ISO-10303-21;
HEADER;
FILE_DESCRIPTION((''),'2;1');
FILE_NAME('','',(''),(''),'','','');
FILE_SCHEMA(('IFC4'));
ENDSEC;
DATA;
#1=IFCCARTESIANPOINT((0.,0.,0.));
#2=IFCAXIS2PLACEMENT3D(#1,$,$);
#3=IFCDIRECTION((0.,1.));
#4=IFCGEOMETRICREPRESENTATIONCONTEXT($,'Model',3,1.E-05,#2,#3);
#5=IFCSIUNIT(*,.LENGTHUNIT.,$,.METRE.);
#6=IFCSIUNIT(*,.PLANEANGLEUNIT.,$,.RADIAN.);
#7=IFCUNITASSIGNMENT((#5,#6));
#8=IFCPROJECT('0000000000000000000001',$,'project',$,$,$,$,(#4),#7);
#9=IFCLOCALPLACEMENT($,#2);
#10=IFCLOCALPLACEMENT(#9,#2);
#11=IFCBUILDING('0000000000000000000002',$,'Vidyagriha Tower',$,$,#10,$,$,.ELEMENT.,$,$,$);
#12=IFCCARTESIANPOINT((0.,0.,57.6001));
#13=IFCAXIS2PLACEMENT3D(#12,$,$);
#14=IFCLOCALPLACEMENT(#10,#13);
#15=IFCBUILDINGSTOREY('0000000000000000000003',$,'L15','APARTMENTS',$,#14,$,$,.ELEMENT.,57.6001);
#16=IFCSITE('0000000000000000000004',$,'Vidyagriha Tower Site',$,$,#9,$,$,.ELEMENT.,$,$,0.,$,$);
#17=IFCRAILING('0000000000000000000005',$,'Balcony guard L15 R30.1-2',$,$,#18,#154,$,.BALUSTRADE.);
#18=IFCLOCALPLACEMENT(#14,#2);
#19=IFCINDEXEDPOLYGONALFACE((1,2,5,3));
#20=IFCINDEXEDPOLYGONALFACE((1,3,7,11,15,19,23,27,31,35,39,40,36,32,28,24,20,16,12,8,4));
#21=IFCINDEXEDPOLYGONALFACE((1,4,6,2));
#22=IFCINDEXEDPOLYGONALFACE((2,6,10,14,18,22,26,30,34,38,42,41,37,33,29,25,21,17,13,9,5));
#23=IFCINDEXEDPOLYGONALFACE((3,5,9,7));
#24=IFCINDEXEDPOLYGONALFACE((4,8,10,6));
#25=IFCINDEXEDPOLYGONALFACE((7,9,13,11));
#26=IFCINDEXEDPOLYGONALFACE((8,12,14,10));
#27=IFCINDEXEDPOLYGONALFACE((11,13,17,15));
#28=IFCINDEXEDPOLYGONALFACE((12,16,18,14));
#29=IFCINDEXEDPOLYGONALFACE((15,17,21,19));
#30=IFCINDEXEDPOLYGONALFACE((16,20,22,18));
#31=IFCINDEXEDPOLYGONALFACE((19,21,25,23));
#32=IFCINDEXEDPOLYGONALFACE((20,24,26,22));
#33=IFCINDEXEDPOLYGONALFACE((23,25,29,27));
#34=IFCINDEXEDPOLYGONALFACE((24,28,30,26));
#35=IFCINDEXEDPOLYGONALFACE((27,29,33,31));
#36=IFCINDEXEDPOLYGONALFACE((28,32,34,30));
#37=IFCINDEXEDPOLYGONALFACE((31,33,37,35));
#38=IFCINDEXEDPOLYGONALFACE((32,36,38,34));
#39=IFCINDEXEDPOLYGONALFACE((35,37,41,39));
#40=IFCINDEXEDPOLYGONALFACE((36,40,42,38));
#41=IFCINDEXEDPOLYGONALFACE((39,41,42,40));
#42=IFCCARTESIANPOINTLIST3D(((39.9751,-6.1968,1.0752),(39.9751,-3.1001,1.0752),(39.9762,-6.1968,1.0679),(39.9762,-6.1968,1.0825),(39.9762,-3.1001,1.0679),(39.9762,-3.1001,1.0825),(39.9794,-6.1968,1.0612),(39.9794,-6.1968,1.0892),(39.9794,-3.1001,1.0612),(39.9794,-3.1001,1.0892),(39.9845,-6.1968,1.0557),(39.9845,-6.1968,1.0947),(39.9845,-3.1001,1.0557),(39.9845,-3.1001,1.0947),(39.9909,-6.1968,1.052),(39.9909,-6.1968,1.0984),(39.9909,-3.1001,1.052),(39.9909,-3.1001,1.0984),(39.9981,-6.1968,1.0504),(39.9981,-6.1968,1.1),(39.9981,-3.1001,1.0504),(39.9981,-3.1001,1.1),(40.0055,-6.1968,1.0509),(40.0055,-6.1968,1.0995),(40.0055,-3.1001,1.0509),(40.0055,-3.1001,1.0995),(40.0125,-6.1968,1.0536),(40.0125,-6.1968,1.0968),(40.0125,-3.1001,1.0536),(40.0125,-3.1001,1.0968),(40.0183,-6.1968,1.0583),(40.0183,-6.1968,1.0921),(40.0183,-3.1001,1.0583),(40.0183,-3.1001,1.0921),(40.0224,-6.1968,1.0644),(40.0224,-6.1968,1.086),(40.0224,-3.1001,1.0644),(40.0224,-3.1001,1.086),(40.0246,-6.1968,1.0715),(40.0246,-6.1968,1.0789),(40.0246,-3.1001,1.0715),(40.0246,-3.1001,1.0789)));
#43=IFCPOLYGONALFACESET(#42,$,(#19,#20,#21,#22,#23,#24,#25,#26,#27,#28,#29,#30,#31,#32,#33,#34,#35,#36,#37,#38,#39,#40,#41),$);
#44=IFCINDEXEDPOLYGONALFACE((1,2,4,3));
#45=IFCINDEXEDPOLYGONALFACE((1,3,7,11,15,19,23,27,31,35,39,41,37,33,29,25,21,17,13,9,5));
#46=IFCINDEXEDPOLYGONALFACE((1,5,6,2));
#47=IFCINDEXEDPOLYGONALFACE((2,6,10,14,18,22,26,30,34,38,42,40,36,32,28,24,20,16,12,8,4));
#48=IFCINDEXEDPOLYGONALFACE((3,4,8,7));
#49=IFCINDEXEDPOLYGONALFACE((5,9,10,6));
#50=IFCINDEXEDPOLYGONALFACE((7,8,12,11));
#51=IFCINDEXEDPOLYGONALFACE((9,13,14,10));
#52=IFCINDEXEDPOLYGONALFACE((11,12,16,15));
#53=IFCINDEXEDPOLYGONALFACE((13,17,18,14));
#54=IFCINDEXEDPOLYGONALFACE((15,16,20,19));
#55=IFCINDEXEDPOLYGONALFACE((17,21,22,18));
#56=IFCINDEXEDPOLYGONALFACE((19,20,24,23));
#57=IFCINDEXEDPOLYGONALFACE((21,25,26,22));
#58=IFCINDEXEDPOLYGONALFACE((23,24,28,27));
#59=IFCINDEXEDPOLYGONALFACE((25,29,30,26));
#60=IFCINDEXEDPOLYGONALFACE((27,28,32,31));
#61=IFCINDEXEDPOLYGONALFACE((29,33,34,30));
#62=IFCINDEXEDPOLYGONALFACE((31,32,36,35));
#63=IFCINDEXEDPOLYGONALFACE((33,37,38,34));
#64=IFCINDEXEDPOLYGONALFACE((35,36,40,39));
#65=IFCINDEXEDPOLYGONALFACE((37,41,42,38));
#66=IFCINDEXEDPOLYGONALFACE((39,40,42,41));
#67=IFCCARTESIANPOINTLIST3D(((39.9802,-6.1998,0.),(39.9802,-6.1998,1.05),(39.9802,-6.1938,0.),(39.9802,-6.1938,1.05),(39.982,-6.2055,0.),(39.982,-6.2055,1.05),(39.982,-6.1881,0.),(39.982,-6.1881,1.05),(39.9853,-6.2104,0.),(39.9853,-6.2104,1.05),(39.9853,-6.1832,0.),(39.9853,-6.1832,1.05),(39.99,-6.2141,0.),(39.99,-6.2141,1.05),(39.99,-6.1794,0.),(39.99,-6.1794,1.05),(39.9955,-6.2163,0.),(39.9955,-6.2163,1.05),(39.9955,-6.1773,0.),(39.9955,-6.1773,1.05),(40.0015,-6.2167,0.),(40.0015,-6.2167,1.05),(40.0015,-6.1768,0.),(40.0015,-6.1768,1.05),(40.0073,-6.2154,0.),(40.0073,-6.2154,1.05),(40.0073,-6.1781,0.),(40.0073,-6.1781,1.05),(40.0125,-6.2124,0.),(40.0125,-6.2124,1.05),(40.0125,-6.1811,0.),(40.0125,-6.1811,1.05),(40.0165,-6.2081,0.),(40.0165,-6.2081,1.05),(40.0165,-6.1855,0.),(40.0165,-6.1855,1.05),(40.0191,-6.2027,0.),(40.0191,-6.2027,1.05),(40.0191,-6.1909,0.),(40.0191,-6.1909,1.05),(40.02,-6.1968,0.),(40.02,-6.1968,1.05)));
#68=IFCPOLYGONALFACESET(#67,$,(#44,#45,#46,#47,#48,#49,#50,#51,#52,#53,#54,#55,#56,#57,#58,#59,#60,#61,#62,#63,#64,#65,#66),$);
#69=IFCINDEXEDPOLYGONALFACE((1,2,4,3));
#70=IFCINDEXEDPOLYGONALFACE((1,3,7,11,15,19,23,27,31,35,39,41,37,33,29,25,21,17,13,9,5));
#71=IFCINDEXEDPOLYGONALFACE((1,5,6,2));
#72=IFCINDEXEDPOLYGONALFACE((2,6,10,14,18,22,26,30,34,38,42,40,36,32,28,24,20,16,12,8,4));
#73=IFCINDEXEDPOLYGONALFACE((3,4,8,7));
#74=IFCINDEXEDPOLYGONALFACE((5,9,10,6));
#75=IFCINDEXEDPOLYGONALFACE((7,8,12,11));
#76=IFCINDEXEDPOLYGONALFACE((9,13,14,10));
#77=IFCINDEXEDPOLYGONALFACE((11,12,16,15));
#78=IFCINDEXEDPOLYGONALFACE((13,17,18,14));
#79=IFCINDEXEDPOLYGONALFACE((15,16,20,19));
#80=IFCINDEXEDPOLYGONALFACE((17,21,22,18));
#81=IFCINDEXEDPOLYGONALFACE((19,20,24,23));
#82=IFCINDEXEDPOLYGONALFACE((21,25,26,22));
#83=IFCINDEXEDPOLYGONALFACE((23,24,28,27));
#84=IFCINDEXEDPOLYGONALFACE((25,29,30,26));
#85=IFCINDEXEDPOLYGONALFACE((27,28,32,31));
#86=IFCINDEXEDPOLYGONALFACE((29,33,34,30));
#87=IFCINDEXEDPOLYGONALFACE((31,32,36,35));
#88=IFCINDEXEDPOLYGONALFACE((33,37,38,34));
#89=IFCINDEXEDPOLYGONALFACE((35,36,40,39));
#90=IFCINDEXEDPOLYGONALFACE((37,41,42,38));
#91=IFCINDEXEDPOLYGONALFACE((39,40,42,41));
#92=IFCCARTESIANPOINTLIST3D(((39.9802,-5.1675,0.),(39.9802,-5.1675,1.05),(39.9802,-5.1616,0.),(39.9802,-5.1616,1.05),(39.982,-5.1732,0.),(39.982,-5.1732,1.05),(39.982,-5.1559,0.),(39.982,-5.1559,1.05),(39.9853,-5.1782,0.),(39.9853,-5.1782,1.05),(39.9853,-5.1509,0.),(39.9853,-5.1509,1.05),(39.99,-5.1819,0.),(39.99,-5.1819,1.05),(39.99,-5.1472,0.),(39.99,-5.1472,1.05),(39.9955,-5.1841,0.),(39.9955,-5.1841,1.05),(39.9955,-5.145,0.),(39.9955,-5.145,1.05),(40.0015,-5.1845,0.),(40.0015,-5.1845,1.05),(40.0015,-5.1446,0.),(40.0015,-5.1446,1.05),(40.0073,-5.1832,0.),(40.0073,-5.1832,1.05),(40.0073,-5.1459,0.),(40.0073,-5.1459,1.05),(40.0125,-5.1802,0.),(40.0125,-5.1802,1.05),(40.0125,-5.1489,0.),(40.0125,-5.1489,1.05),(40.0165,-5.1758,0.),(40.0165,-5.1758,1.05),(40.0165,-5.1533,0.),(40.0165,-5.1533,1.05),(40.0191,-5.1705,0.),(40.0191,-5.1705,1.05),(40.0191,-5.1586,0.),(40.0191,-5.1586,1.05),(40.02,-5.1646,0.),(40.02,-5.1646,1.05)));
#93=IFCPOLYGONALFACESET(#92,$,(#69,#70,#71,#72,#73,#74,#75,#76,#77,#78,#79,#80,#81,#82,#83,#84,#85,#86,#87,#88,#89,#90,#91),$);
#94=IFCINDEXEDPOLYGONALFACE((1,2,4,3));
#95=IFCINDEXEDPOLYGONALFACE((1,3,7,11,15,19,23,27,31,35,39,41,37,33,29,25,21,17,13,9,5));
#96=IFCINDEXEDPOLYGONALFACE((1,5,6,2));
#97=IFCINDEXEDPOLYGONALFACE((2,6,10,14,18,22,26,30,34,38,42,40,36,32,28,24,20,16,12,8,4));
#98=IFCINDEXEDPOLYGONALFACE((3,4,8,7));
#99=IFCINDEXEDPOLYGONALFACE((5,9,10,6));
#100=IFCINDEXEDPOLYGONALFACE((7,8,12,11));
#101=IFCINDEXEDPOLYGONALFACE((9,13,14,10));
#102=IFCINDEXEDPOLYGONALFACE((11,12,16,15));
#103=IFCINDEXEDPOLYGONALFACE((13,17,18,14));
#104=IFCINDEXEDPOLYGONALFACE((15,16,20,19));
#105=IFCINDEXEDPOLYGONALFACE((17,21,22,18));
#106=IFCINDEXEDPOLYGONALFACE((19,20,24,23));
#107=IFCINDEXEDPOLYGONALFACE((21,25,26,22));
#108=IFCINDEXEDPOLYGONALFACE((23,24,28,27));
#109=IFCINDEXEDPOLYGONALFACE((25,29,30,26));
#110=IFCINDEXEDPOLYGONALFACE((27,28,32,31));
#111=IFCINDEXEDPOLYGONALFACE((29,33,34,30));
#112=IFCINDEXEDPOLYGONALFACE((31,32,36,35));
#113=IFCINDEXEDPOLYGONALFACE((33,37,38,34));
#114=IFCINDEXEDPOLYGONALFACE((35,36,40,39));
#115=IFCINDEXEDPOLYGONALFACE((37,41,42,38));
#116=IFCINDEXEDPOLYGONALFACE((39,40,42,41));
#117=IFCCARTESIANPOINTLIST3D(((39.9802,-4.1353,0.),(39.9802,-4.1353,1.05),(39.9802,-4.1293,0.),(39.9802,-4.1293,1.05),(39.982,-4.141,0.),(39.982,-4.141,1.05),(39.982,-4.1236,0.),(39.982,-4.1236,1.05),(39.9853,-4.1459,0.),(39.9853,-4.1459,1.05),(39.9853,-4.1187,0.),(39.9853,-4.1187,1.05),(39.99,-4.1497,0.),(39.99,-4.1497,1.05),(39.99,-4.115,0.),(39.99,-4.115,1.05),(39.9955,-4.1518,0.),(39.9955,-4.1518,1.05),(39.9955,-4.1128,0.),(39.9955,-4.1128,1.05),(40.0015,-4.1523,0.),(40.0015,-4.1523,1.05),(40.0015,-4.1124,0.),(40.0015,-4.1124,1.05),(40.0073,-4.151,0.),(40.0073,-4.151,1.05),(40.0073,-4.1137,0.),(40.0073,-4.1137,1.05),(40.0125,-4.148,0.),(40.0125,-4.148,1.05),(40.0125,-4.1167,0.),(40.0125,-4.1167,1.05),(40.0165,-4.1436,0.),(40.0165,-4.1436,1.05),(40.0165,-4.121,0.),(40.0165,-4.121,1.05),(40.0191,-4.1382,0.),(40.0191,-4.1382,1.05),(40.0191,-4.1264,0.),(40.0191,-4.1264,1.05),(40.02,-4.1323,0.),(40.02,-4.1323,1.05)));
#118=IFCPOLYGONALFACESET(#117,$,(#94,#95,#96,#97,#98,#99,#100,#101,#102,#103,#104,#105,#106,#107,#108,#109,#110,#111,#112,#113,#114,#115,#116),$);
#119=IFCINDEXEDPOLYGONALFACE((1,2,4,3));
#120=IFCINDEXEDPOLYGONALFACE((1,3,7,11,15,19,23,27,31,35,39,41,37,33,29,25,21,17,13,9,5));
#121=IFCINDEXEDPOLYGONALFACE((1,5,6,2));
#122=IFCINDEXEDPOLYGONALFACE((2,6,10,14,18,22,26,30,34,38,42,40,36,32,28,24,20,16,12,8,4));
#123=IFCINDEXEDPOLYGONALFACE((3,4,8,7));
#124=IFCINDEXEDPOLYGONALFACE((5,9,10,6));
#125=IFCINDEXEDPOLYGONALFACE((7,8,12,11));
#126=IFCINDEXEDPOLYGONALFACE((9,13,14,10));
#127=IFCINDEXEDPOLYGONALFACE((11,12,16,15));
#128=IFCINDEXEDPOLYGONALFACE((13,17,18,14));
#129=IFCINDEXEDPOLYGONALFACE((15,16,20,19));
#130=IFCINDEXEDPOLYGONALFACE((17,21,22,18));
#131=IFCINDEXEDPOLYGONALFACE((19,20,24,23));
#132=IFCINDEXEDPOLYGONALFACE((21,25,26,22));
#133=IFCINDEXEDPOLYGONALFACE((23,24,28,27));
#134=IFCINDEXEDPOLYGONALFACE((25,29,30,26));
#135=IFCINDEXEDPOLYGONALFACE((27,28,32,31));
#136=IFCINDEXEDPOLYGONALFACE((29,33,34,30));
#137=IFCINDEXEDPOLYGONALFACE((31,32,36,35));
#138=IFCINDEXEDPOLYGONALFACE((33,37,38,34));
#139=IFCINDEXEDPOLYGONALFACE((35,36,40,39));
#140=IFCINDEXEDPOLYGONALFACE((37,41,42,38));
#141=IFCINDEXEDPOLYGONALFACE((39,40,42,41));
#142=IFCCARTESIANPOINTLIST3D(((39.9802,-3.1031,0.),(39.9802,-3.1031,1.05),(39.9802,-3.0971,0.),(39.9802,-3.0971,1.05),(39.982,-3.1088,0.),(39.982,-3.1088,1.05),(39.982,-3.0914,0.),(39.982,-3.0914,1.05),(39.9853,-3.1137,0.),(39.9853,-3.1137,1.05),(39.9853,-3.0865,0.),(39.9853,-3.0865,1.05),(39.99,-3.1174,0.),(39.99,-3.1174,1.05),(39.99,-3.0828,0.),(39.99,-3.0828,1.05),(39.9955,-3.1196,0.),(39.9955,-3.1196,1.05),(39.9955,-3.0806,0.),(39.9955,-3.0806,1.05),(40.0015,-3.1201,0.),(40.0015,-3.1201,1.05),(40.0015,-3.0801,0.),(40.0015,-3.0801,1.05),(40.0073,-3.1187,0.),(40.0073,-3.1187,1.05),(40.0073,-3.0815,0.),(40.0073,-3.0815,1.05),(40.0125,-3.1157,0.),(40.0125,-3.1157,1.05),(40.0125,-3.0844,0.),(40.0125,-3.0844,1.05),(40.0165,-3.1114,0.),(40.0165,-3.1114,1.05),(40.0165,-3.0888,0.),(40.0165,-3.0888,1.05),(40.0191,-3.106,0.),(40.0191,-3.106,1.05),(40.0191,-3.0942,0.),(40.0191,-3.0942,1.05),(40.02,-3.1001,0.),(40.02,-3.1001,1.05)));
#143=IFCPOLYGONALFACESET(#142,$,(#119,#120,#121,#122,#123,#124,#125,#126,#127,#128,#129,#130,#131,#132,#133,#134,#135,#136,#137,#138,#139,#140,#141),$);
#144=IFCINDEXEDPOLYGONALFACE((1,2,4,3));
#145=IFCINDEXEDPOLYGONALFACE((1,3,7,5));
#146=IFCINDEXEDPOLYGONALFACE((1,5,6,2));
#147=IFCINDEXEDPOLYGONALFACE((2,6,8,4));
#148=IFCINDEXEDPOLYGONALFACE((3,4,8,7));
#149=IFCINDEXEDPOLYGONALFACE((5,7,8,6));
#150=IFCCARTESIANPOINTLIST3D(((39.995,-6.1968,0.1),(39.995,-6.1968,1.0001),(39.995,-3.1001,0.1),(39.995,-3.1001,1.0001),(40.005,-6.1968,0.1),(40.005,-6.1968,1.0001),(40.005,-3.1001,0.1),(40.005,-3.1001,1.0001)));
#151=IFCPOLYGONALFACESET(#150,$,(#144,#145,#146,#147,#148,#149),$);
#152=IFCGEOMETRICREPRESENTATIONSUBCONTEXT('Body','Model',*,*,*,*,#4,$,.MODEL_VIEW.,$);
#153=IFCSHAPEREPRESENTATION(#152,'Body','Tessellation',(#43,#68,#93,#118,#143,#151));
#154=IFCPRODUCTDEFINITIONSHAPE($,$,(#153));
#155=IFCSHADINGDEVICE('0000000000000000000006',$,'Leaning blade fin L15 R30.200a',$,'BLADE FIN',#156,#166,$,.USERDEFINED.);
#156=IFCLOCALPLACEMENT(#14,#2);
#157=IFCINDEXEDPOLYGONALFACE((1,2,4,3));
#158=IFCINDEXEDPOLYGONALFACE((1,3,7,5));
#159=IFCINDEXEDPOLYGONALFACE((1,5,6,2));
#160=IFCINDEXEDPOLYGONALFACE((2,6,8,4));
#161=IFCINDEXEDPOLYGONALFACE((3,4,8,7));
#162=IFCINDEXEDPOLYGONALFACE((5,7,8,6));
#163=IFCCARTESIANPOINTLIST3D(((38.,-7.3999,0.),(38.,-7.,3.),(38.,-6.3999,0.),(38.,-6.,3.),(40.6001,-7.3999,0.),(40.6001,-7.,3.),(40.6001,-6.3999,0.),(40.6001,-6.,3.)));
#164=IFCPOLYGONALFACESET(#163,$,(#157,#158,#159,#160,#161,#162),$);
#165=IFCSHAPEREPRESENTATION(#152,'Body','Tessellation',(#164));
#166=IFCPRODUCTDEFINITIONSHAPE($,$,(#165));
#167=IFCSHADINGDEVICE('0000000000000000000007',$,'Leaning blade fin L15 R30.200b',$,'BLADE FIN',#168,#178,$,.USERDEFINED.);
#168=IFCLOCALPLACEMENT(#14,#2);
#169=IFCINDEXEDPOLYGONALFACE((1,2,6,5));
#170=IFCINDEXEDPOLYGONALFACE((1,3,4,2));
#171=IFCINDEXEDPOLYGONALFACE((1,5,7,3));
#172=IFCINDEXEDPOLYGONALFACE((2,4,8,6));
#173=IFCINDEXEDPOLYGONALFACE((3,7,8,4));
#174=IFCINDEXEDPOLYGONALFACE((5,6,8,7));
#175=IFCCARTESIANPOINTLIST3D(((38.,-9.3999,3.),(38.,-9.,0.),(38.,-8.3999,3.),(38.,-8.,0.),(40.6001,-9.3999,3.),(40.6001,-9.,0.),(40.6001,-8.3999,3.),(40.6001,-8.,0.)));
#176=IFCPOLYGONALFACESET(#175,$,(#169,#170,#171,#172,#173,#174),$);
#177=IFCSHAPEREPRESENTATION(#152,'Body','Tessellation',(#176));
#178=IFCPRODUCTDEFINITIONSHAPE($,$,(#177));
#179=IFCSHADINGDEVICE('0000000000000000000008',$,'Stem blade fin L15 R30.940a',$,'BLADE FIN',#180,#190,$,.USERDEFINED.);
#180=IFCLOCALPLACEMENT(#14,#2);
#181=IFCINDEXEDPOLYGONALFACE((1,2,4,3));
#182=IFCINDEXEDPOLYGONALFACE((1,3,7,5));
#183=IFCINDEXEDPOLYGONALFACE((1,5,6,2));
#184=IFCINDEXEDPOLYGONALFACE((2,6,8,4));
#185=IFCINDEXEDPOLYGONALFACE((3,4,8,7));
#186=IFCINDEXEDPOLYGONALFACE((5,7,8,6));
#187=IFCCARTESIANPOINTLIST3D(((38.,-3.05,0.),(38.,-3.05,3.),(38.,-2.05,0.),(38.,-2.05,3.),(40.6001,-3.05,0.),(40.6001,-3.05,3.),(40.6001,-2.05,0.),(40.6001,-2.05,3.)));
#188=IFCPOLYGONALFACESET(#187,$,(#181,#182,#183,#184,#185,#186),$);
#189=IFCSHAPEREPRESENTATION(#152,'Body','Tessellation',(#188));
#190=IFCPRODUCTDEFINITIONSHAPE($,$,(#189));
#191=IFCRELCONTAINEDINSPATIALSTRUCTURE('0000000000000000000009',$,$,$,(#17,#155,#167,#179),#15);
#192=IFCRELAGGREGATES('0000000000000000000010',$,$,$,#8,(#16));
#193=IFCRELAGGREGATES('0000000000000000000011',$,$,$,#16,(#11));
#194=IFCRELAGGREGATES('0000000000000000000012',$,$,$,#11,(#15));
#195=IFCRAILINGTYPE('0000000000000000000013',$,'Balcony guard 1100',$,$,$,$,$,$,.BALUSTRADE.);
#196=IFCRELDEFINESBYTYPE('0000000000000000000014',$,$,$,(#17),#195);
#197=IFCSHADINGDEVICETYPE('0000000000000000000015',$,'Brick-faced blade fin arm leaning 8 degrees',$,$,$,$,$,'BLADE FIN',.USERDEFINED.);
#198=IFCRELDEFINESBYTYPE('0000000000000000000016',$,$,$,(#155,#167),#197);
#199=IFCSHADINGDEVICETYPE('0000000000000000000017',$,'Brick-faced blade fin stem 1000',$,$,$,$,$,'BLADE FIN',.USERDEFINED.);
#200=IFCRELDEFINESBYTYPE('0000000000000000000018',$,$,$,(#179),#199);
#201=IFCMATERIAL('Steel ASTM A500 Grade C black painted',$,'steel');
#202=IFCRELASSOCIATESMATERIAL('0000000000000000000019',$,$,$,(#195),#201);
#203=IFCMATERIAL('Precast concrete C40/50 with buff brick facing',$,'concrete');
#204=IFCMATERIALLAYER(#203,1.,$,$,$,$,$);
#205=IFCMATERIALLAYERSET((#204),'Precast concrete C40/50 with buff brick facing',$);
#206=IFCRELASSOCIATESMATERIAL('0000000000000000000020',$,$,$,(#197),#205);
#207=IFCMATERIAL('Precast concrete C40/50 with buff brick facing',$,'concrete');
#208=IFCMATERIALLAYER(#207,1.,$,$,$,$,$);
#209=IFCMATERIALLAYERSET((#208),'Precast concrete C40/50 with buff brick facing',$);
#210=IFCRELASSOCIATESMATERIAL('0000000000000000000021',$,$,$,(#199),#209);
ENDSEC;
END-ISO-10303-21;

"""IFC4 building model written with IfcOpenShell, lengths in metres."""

from ifc_helpers import new_model, si_unit, direction, frame, origin, origin_2d, place, context, subcontext, project, spatial, polyline, rectangle, circle, outline, extrude, material, layer, layer_set, type_object, element, save


model = new_model("IFC4")

# Units and contexts
model_context = context("Model", 3, precision=1e-05, world=origin(), true_north=direction((0.0, 1.0)))
body_context = subcontext(model_context, "Body", "Model", "MODEL_VIEW")
ifc_project = project(units=[si_unit("LENGTHUNIT", "METRE"), si_unit("PLANEANGLEUNIT", "RADIAN")], contexts=[model_context])

# Site, building, storey
site_placement = place(None, origin())
site = spatial("IfcSite", under=ifc_project, at=site_placement, Name="Vidyagriha Tower Site", CompositionType="ELEMENT", RefElevation=0.0)
building_placement = place(site_placement, origin())
building = spatial("IfcBuilding", under=site, at=building_placement, Name="Vidyagriha Tower", CompositionType="ELEMENT")
storey_placement = place(building_placement, frame((0.0, 0.0, 57.6001)))
storey = spatial("IfcBuildingStorey", under=building, at=storey_placement, Name="L15", Description="APARTMENTS", CompositionType="ELEMENT", Elevation=57.6001)

# Railing
ifc_material_1 = material(Name="Steel ASTM A500 Grade C black painted", Category="steel")
railing_type = type_object("IfcRailingType", Name="Balcony guard 1100", PredefinedType="BALUSTRADE", material=ifc_material_1)
railing_1_placement = place(storey_placement, frame((40.0, -6.1968, 0.0)))
element("IfcRailing", 1, at=railing_1_placement, inside=storey, type_object=railing_type, Name="Balcony guard L15 R30.1-2", PredefinedType="BALUSTRADE", context=body_context, shape_type="SweptSolid", body=[
    extrude(circle(Radius=0.0249, at=origin_2d()), frame((0.0, 0.0, 1.0752), z_axis=(0.0, 1.0, 0.0), x_axis=(-1.0, 0.0, 0.0)), (0.0, 0.0, 1.0), 3.0967),
    extrude(circle(Radius=0.02, at=origin_2d()), origin(), (0.0, 0.0, 1.0), 1.05),
    extrude(circle(Radius=0.02, at=origin_2d()), frame((0.0, 1.0322, 0.0)), (0.0, 0.0, 1.0), 1.05),
    extrude(circle(Radius=0.02, at=origin_2d()), frame((0.0, 2.0645, 0.0)), (0.0, 0.0, 1.0), 1.05),
    extrude(circle(Radius=0.02, at=origin_2d()), frame((0.0, 3.0967, 0.0)), (0.0, 0.0, 1.0), 1.05),
    extrude(rectangle(XDim=0.01, YDim=0.9001, at=origin_2d()), frame((0.0, 0.0, 0.55), z_axis=(0.0, 1.0, 0.0), x_axis=(-1.0, 0.0, 0.0)), (0.0, 0.0, 1.0), 3.0967),
])

# Shading devices
ifc_material_2 = material(Name="Precast concrete C40/50 with buff brick facing", Category="concrete")
ifc_layer_1 = layer(ifc_material_2, 1.0)
ifc_layer_set_1 = layer_set([ifc_layer_1], Name="Precast concrete C40/50 with buff brick facing")
shading_device_type_1 = type_object("IfcShadingDeviceType", Name="Brick-faced blade fin arm leaning 8 degrees", ElementType="BLADE FIN", PredefinedType="USERDEFINED", material=ifc_layer_set_1)
shading_device_1_placement = place(storey_placement, frame((39.3, -7.3999, 0.0), z_axis=(0.0, 0.0, 1.0), x_axis=(0.0, 1.0, 0.0)))
element("IfcShadingDevice", 2, at=shading_device_1_placement, inside=storey, type_object=shading_device_type_1, Name="Leaning blade fin L15 R30.200a", ObjectType="BLADE FIN", PredefinedType="USERDEFINED", context=body_context, shape_type="SweptSolid", body=[
    extrude(outline(polyline([(0.0, 0.0), (1.0, 0.0), (1.3999, 3.0), (0.3999, 3.0), (0.0, 0.0)])), frame((0.0, 1.3, 0.0), z_axis=(0.0, -1.0, 0.0), x_axis=(1.0, 0.0, 0.0)), (0.0, 0.0, 1.0), 2.6001),
])
shading_device_2_placement = place(storey_placement, frame((39.3, -9.3999, 0.0), z_axis=(0.0, 0.0, 1.0), x_axis=(0.0, 1.0, 0.0)))
element("IfcShadingDevice", 3, at=shading_device_2_placement, inside=storey, type_object=shading_device_type_1, Name="Leaning blade fin L15 R30.200b", ObjectType="BLADE FIN", PredefinedType="USERDEFINED", context=body_context, shape_type="SweptSolid", body=[
    extrude(outline(polyline([(0.3999, 0.0), (1.3999, 0.0), (1.0, 3.0), (0.0, 3.0), (0.3999, 0.0)])), frame((0.0, 1.3, 0.0), z_axis=(0.0, -1.0, 0.0), x_axis=(1.0, 0.0, 0.0)), (0.0, 0.0, 1.0), 2.6001),
])
ifc_material_3 = material(Name="Precast concrete C40/50 with buff brick facing", Category="concrete")
ifc_layer_2 = layer(ifc_material_3, 1.0)
ifc_layer_set_2 = layer_set([ifc_layer_2], Name="Precast concrete C40/50 with buff brick facing")
shading_device_type_2 = type_object("IfcShadingDeviceType", Name="Brick-faced blade fin stem 1000", ElementType="BLADE FIN", PredefinedType="USERDEFINED", material=ifc_layer_set_2)
shading_device_3_placement = place(storey_placement, frame((39.3, -3.05, 0.0), z_axis=(0.0, 0.0, 1.0), x_axis=(0.0, 1.0, 0.0)))
element("IfcShadingDevice", 4, at=shading_device_3_placement, inside=storey, type_object=shading_device_type_2, Name="Stem blade fin L15 R30.940a", ObjectType="BLADE FIN", PredefinedType="USERDEFINED", context=body_context, shape_type="SweptSolid", body=[
    extrude(outline(polyline([(0.0, 0.0), (1.0, 0.0), (1.0, 3.0), (0.0, 3.0), (0.0, 0.0)])), frame((0.0, 1.3, 0.0), z_axis=(0.0, -1.0, 0.0), x_axis=(1.0, 0.0, 0.0)), (0.0, 0.0, 1.0), 2.6001),
])

save(model, "model.ifc")
